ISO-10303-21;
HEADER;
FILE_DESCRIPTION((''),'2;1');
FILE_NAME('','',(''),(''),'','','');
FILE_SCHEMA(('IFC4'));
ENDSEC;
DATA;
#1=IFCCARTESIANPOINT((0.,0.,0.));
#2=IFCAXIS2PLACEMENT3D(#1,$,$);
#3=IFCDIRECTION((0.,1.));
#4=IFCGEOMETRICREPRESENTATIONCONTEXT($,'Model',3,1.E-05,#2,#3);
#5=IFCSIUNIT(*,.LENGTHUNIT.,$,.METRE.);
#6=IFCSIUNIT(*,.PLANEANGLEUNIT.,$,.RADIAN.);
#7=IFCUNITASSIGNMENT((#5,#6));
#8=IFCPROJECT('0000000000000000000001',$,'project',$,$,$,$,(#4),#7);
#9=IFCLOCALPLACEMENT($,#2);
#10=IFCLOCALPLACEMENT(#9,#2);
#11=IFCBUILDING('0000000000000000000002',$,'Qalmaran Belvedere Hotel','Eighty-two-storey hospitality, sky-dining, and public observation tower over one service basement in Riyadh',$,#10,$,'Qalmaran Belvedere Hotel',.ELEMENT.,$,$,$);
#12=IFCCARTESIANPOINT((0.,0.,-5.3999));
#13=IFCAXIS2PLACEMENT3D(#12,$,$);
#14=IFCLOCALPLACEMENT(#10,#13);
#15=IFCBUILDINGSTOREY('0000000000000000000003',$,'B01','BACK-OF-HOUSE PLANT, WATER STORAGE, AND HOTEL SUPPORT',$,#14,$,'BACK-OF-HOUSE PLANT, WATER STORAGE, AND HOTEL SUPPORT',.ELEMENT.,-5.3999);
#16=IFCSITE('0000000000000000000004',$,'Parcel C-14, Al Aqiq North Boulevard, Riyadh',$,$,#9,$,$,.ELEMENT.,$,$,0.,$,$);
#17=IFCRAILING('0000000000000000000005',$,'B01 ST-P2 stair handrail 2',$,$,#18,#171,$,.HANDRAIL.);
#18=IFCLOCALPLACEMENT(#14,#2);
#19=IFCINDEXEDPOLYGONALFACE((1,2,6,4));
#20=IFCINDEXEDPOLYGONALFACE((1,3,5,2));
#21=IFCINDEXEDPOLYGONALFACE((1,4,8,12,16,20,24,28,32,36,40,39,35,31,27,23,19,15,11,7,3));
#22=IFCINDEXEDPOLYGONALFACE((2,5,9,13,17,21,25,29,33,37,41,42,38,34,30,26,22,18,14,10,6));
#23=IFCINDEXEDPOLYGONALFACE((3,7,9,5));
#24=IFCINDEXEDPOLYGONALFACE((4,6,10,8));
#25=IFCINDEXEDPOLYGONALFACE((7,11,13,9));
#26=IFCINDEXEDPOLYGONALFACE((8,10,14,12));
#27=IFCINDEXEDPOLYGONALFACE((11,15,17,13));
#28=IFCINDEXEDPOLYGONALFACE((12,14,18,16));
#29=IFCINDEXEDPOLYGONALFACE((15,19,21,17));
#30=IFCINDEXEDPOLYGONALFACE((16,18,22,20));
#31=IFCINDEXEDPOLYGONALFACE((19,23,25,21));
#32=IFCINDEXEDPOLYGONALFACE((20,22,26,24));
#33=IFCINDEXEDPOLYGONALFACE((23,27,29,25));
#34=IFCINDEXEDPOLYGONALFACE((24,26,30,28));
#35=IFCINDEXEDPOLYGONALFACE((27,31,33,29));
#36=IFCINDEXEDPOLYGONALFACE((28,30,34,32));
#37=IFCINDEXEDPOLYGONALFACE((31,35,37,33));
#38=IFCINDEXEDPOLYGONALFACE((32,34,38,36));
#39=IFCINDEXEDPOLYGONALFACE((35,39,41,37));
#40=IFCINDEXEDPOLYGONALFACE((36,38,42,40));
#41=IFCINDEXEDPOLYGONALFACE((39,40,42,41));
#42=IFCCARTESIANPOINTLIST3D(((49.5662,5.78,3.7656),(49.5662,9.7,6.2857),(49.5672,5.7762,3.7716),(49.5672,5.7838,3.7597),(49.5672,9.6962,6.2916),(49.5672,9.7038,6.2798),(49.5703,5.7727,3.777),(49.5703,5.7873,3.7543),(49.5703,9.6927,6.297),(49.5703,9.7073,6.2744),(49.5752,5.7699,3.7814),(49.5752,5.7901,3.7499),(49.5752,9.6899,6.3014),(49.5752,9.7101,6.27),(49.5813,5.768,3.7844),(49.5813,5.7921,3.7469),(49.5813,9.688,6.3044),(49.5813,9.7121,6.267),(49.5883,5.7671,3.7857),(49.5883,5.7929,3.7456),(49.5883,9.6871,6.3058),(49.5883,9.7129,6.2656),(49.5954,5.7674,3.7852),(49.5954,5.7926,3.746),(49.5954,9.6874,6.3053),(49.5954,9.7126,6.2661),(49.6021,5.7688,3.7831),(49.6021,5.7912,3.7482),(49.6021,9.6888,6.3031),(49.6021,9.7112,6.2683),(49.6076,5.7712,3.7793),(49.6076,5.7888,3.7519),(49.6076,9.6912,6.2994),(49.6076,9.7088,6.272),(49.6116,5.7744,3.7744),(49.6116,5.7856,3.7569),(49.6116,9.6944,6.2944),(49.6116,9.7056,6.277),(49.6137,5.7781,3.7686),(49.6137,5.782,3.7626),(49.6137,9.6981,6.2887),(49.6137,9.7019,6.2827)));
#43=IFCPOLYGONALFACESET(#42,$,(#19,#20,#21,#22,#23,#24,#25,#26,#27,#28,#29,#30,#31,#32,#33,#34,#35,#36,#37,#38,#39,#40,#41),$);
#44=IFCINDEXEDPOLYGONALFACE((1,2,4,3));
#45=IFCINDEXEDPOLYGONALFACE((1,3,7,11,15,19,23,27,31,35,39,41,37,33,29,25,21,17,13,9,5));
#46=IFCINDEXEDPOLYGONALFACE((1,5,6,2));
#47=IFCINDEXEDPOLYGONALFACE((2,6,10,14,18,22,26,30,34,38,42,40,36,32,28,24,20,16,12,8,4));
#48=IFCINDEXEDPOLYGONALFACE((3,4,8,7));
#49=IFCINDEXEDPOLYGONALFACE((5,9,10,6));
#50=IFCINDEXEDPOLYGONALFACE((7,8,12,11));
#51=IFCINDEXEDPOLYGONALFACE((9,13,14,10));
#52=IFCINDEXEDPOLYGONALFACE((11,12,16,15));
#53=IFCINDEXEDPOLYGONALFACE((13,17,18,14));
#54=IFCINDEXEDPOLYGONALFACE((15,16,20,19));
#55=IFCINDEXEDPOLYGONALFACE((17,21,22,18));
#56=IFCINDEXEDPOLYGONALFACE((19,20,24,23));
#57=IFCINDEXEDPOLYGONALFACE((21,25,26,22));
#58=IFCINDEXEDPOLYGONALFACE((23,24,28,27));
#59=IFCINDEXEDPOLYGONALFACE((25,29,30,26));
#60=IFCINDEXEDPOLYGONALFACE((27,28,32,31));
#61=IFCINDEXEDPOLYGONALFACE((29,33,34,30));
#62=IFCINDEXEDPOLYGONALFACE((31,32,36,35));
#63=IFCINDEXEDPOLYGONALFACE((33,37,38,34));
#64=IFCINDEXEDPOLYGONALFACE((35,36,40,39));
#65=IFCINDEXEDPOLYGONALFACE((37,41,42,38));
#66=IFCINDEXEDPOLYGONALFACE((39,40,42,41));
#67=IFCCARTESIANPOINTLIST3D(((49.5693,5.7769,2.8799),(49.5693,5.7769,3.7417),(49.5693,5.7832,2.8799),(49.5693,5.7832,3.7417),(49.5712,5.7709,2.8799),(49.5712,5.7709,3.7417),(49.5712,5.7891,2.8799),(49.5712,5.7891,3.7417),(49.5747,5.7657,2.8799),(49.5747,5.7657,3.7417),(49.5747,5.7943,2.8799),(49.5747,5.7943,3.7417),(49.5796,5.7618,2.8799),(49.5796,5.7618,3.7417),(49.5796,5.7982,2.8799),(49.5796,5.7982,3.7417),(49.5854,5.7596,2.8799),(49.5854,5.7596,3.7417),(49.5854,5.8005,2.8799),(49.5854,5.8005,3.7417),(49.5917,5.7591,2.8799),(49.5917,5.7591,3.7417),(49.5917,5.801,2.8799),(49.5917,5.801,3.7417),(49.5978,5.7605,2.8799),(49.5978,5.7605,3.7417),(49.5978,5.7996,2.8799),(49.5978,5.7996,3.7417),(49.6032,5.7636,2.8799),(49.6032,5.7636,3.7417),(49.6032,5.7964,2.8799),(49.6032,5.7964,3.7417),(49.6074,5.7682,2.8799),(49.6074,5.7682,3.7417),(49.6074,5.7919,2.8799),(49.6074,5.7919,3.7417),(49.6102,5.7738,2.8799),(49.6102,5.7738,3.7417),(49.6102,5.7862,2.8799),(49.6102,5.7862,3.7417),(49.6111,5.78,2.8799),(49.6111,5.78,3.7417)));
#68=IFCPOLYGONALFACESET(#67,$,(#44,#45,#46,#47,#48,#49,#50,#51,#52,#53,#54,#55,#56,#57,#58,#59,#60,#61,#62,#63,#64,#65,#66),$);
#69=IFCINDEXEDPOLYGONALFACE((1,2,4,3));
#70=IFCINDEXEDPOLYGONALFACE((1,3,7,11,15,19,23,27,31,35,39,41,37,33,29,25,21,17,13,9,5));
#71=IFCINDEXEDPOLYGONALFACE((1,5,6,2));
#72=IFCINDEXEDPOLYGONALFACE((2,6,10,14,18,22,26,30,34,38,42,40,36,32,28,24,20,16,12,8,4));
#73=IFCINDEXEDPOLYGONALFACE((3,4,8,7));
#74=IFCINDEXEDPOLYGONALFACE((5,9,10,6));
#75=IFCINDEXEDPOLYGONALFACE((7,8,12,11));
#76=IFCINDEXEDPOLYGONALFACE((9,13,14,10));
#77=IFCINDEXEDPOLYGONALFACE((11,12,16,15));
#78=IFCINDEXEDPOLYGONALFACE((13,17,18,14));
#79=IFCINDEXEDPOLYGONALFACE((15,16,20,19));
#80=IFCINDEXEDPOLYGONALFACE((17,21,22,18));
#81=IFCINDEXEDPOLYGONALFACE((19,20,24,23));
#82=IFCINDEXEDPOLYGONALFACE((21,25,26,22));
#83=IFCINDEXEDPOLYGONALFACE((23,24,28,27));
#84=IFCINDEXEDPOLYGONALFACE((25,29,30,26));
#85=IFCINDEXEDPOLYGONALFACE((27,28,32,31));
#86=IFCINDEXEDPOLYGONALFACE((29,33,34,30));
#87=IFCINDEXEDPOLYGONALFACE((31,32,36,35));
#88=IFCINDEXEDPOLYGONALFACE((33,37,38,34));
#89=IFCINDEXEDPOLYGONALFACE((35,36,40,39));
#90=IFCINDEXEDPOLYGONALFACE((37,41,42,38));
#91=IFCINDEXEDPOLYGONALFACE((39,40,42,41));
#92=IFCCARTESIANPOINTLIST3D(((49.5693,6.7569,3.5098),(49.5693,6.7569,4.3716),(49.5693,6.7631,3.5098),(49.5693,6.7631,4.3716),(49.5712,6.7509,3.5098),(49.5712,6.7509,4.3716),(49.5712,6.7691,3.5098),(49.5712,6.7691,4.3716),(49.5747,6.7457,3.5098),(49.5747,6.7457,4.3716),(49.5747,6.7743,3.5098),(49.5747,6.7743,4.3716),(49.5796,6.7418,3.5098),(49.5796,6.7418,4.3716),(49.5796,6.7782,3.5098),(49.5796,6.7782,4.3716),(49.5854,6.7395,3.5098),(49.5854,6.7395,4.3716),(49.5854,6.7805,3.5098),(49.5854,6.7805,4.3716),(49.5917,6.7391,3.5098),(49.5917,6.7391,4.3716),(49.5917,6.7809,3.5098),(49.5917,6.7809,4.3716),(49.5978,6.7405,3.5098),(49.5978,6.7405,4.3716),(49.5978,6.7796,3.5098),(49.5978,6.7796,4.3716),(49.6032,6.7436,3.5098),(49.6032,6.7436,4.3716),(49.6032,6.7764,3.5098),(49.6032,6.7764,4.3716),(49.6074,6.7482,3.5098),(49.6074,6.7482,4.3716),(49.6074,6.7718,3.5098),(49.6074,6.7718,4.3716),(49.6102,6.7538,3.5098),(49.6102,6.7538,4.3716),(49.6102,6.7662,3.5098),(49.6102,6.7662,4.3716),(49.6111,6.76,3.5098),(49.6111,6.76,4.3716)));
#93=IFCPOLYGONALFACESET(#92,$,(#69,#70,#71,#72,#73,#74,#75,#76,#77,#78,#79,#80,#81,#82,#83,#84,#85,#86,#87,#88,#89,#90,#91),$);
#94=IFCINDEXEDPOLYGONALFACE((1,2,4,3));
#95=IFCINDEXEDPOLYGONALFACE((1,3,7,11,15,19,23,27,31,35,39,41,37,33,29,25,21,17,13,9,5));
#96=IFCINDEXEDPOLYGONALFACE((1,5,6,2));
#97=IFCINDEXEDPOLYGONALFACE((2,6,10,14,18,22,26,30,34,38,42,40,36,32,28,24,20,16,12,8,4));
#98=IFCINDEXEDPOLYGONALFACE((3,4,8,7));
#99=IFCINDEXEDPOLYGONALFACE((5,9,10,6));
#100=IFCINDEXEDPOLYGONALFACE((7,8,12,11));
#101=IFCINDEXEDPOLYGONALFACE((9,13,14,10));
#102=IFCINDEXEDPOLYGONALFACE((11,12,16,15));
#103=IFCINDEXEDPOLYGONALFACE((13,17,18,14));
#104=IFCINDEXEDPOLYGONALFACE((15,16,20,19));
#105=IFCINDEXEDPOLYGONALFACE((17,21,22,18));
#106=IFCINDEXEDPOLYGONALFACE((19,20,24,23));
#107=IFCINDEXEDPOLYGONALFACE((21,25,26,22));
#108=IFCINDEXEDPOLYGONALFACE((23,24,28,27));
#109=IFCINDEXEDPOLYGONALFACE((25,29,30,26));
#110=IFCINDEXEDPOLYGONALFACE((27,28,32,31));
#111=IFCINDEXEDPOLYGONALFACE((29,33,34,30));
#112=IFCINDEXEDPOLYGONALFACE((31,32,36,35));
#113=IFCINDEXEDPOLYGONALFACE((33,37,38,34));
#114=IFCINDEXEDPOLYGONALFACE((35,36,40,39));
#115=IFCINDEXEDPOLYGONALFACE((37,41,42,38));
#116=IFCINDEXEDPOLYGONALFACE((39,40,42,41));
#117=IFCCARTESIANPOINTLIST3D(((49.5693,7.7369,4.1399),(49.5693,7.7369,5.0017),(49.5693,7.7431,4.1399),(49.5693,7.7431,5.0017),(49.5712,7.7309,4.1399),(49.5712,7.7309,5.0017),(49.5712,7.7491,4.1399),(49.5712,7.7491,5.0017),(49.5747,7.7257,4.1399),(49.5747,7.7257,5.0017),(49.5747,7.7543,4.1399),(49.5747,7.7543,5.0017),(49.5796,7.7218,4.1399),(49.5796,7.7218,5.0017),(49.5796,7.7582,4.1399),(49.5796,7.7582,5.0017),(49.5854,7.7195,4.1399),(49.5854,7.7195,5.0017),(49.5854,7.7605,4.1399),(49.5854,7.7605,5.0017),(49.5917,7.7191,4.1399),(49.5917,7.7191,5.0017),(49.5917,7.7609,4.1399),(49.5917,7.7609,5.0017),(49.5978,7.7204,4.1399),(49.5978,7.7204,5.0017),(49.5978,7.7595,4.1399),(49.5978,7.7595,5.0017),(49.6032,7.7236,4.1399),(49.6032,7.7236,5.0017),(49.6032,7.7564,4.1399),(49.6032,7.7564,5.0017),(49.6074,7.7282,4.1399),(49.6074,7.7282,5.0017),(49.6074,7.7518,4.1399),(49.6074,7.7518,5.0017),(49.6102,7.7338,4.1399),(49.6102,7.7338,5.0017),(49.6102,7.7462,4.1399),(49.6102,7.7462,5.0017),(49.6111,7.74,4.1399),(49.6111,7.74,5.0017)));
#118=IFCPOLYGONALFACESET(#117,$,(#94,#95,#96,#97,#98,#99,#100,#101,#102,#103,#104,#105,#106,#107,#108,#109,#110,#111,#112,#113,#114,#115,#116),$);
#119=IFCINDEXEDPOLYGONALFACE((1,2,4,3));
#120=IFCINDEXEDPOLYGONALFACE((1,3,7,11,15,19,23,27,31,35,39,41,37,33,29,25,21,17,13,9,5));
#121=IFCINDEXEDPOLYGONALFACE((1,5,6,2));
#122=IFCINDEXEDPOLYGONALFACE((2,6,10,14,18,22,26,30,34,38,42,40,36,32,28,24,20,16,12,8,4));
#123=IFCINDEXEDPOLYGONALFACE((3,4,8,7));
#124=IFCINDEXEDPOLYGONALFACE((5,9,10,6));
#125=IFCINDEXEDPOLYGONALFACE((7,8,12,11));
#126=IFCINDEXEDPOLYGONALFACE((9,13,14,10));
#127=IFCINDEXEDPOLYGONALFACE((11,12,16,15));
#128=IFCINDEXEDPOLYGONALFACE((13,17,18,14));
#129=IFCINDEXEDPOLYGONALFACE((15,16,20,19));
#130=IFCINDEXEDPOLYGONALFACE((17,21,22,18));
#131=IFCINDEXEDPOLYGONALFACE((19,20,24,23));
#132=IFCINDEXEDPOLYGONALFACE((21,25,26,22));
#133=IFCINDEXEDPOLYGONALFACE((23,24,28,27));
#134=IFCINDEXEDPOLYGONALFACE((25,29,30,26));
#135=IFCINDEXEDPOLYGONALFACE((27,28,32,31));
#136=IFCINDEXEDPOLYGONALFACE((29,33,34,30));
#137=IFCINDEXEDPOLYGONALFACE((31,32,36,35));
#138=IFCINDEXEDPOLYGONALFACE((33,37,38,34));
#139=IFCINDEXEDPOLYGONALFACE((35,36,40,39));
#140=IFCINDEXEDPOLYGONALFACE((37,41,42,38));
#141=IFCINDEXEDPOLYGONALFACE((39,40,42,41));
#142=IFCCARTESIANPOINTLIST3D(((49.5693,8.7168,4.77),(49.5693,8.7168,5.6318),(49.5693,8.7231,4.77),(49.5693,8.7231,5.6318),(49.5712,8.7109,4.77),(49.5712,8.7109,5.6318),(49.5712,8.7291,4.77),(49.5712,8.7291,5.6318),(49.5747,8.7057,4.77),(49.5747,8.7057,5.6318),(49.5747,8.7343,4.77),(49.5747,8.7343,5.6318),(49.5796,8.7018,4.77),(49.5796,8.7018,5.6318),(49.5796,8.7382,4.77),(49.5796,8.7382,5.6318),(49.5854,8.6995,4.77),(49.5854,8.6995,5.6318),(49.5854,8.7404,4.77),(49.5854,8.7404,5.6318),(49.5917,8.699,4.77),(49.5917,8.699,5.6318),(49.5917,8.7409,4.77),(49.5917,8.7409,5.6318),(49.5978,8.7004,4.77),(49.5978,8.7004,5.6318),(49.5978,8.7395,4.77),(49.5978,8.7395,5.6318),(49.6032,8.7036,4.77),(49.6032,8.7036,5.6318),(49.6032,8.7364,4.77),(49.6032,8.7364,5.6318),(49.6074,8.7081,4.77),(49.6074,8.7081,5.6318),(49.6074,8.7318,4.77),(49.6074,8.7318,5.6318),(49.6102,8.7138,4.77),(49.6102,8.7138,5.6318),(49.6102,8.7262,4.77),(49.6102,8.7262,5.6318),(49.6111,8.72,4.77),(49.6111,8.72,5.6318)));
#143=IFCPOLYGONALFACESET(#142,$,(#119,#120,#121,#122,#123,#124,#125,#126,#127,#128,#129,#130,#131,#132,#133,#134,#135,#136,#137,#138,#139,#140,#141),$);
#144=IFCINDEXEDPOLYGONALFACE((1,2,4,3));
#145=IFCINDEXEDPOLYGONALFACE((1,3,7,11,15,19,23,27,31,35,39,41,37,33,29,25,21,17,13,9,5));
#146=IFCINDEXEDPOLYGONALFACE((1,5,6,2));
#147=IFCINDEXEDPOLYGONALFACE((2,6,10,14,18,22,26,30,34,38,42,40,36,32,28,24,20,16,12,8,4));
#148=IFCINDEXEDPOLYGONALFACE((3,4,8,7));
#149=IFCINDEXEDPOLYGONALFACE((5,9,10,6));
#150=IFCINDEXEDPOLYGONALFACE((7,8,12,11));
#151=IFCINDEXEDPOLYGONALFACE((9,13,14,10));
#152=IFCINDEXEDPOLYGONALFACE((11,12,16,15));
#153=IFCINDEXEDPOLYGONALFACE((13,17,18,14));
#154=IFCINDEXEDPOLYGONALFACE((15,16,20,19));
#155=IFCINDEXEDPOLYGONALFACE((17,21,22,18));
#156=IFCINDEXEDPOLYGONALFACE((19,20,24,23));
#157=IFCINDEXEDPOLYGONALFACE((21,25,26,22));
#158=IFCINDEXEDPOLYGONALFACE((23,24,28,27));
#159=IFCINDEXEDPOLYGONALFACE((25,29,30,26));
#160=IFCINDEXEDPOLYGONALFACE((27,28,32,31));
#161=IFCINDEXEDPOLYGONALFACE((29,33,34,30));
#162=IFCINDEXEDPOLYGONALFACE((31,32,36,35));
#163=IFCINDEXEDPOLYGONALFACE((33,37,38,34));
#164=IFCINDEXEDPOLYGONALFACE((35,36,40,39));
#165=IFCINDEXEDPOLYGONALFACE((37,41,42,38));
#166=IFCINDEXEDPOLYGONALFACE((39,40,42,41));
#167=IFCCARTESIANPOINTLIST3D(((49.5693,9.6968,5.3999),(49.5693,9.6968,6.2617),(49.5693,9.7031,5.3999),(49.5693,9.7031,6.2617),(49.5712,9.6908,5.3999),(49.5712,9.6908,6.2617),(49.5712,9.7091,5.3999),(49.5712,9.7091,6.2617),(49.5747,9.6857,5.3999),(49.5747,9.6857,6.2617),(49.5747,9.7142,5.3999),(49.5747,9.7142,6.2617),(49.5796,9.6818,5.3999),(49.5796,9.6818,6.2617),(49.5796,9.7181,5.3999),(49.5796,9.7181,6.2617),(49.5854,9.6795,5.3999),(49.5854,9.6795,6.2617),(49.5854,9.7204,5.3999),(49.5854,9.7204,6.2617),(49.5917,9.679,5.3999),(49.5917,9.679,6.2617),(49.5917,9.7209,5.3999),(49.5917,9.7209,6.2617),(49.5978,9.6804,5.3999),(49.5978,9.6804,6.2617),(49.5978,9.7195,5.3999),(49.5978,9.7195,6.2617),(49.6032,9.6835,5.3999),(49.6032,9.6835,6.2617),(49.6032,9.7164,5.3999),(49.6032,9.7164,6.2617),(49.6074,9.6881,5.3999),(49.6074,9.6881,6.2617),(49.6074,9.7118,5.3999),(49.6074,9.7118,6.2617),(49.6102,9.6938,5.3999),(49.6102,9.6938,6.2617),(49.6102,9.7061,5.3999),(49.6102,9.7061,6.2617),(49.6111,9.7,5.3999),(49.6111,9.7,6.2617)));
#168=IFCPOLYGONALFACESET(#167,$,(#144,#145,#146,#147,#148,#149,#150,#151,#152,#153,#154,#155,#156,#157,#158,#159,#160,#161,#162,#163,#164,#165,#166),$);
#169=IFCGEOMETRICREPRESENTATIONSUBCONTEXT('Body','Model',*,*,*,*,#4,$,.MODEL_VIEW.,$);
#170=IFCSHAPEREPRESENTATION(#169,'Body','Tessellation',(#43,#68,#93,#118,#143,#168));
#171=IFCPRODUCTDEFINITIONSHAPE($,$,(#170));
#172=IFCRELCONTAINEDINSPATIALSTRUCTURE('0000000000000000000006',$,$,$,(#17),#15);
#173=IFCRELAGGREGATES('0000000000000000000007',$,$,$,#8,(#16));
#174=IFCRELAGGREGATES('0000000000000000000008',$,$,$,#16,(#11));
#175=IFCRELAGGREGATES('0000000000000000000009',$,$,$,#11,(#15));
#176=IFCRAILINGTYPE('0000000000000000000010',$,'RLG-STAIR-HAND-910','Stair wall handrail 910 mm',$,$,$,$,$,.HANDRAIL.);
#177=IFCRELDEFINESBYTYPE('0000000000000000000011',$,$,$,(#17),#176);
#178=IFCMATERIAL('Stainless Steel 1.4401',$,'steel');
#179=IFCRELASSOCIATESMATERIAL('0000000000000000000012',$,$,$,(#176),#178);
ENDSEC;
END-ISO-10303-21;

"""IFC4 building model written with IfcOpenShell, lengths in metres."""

from ifc_helpers import new_model, si_unit, direction, frame, origin, origin_2d, place, context, subcontext, project, spatial, circle, extrude, material, type_object, element, save


model = new_model("IFC4")

# Units and contexts
model_context = context("Model", 3, precision=1e-05, world=origin(), true_north=direction((0.0, 1.0)))
body_context = subcontext(model_context, "Body", "Model", "MODEL_VIEW")
ifc_project = project(units=[si_unit("LENGTHUNIT", "METRE"), si_unit("PLANEANGLEUNIT", "RADIAN")], contexts=[model_context])

# Site, building, storey
site_placement = place(None, origin())
site = spatial("IfcSite", under=ifc_project, at=site_placement, Name="Parcel C-14, Al Aqiq North Boulevard, Riyadh", CompositionType="ELEMENT", RefElevation=0.0)
building_placement = place(site_placement, origin())
building = spatial("IfcBuilding", under=site, at=building_placement, Name="Qalmaran Belvedere Hotel", Description="Eighty-two-storey hospitality, sky-dining, and public observation tower over one service basement in Riyadh", LongName="Qalmaran Belvedere Hotel", CompositionType="ELEMENT")
storey_placement = place(building_placement, frame((0.0, 0.0, -5.3999)))
storey = spatial("IfcBuildingStorey", under=building, at=storey_placement, Name="B01", Description="BACK-OF-HOUSE PLANT, WATER STORAGE, AND HOTEL SUPPORT", LongName="BACK-OF-HOUSE PLANT, WATER STORAGE, AND HOTEL SUPPORT", CompositionType="ELEMENT", Elevation=-5.3999)

# Railing
ifc_material_1 = material(Name="Stainless Steel 1.4401", Category="steel")
railing_type_1 = type_object("IfcRailingType", Name="RLG-STAIR-HAND-910", Description="Stair wall handrail 910 mm", PredefinedType="HANDRAIL", material=ifc_material_1)
railing_1_placement = place(storey_placement, frame((49.5901, 5.78, 2.8799)))
element("IfcRailing", 1, at=railing_1_placement, inside=storey, type_object=railing_type_1, Name="B01 ST-P2 stair handrail 2", PredefinedType="HANDRAIL", context=body_context, shape_type="SweptSolid", body=[
    extrude(circle(Radius=0.0239, at=origin_2d()), frame((0.0, 0.0, 0.8857), z_axis=(0.0, 0.841172, 0.540768), x_axis=(-1.0, 0.0, 0.0)), (0.0, 0.0, 1.0), 4.6602),
    extrude(circle(Radius=0.021, at=origin_2d()), origin(), (0.0, 0.0, 1.0), 0.8618),
    extrude(circle(Radius=0.021, at=origin_2d()), frame((0.0, 0.98, 0.6299)), (0.0, 0.0, 1.0), 0.8618),
    extrude(circle(Radius=0.021, at=origin_2d()), frame((0.0, 1.96, 1.26)), (0.0, 0.0, 1.0), 0.8618),
    extrude(circle(Radius=0.021, at=origin_2d()), frame((0.0, 2.9399, 1.8901)), (0.0, 0.0, 1.0), 0.8618),
    extrude(circle(Radius=0.021, at=origin_2d()), frame((0.0, 3.9199, 2.52)), (0.0, 0.0, 1.0), 0.8618),
])

save(model, "model.ifc")
